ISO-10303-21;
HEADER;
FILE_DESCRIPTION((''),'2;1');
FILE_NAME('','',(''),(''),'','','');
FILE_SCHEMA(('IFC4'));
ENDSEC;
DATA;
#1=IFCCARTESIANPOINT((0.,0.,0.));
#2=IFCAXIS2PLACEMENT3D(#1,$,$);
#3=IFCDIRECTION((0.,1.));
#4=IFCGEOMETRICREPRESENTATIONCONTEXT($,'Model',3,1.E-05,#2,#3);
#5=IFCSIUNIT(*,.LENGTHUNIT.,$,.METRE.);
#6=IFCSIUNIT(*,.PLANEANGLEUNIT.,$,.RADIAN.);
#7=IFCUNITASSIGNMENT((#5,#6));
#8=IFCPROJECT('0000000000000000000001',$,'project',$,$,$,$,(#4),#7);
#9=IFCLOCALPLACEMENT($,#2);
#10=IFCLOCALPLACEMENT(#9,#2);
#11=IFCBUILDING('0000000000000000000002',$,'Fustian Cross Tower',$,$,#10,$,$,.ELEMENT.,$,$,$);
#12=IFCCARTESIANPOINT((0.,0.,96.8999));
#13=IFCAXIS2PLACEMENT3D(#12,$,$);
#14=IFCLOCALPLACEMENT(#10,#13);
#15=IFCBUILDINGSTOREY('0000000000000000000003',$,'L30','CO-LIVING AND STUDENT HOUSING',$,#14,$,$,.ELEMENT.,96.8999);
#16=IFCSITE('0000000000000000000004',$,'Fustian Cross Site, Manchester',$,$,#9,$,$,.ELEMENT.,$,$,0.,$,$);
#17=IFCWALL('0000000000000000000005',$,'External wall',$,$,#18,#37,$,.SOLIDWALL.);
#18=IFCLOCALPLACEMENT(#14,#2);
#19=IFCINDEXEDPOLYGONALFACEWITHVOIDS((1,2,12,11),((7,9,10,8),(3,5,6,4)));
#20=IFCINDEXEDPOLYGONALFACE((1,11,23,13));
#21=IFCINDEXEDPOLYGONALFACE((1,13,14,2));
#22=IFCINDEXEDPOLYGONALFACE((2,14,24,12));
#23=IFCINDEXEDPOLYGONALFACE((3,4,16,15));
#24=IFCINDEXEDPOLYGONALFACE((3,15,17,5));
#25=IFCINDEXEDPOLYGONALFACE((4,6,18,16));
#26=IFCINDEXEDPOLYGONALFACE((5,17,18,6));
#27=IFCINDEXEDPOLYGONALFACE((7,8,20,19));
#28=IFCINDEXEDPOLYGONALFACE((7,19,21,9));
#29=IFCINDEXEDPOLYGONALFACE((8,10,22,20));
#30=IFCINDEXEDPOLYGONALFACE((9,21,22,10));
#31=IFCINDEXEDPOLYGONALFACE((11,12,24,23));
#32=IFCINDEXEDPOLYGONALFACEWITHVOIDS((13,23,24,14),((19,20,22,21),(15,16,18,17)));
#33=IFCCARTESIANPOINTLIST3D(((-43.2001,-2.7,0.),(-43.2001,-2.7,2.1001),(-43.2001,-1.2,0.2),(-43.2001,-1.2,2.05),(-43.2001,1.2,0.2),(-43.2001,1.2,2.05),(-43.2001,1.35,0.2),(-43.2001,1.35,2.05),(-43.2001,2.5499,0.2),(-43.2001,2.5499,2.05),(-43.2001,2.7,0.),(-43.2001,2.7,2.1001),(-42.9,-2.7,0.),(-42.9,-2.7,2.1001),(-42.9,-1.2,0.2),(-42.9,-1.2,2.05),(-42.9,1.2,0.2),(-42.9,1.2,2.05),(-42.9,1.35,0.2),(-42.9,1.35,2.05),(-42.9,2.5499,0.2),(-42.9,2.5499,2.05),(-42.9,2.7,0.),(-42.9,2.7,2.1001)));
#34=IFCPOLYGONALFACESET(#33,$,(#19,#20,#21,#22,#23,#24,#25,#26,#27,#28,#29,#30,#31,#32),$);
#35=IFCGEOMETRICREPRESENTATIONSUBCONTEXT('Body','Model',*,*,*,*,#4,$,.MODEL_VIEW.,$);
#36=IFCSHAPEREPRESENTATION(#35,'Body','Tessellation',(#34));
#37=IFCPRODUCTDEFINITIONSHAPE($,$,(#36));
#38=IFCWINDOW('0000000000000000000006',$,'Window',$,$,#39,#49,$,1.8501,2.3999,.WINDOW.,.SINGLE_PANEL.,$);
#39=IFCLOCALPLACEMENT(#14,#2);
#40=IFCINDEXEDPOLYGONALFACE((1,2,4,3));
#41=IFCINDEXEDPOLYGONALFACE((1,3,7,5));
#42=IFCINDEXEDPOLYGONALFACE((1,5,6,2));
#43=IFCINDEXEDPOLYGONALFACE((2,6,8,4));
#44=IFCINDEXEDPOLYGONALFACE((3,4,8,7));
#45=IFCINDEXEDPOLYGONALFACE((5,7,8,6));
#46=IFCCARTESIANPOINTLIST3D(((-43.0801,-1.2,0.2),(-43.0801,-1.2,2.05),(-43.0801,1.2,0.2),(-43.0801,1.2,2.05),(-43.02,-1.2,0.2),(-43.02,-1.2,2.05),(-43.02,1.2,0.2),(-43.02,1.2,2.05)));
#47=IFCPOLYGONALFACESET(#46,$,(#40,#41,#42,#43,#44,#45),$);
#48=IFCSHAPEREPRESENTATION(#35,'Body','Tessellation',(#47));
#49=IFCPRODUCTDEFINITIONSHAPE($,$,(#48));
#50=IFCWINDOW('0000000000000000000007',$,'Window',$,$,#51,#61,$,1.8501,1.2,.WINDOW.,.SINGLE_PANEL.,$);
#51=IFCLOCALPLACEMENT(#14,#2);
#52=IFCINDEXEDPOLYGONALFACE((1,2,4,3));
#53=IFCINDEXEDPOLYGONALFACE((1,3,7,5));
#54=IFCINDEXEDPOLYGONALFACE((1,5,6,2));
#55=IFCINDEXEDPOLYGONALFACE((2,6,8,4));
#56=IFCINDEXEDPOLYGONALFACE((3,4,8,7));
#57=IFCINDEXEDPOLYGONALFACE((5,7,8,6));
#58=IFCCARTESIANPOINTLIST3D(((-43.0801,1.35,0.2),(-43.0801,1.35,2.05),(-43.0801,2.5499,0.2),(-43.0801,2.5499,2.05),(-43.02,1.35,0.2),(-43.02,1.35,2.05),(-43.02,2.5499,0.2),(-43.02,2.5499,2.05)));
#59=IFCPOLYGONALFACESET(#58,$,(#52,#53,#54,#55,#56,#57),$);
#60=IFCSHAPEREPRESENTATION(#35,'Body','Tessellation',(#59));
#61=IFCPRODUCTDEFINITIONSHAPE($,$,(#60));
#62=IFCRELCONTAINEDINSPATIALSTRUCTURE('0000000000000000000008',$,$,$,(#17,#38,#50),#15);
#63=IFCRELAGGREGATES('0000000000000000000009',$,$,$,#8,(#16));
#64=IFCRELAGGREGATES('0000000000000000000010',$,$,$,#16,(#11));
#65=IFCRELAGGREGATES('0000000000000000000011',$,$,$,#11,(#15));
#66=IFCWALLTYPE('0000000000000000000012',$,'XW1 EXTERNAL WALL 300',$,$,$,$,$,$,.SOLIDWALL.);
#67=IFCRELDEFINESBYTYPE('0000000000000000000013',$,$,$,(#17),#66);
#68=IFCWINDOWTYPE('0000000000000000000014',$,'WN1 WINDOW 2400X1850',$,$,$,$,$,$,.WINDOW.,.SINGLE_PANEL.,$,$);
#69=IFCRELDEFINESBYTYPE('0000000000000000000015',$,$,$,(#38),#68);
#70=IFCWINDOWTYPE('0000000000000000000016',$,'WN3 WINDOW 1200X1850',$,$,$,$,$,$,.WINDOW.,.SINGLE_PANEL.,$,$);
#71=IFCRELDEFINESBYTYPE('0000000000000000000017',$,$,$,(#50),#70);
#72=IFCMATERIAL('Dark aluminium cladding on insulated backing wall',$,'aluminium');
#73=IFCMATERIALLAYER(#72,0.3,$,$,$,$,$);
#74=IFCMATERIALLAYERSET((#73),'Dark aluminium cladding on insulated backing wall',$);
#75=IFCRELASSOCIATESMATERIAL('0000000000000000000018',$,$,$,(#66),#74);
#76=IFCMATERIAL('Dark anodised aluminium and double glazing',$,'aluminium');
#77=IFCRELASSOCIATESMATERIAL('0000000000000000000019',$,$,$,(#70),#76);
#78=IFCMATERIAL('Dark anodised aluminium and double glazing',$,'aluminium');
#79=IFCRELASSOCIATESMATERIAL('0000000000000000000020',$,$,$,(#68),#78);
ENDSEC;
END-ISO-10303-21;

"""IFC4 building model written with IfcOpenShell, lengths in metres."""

from ifc_helpers import new_model, si_unit, direction, frame, frame_2d, origin, place, context, subcontext, project, spatial, rectangle, extrude, material, layer, layer_set, type_object, element, fill, save


model = new_model("IFC4")

# Units and contexts
model_context = context("Model", 3, precision=1e-05, world=origin(), true_north=direction((0.0, 1.0)))
body_context = subcontext(model_context, "Body", "Model", "MODEL_VIEW")
ifc_project = project(units=[si_unit("LENGTHUNIT", "METRE"), si_unit("PLANEANGLEUNIT", "RADIAN")], contexts=[model_context])

# Site, building, storey
site_placement = place(None, origin())
site = spatial("IfcSite", under=ifc_project, at=site_placement, Name="Fustian Cross Site, Manchester", CompositionType="ELEMENT", RefElevation=0.0)
building_placement = place(site_placement, origin())
building = spatial("IfcBuilding", under=site, at=building_placement, Name="Fustian Cross Tower", CompositionType="ELEMENT")
storey_placement = place(building_placement, frame((0.0, 0.0, 96.8999)))
storey = spatial("IfcBuildingStorey", under=building, at=storey_placement, Name="L30", Description="CO-LIVING AND STUDENT HOUSING", CompositionType="ELEMENT", Elevation=96.8999)

# Shared definitions
ifc_material_1 = material(Name="Dark aluminium cladding on insulated backing wall", Category="aluminium")
ifc_layer = layer(ifc_material_1, 0.3)
ifc_layer_set = layer_set([ifc_layer], Name="Dark aluminium cladding on insulated backing wall")
wall_type = type_object("IfcWallType", Name="XW1 EXTERNAL WALL 300", PredefinedType="SOLIDWALL", material=ifc_layer_set)
ifc_material_2 = material(Name="Dark anodised aluminium and double glazing", Category="aluminium")
window_type_1 = type_object("IfcWindowType", Name="WN3 WINDOW 1200X1850", PartitioningType="SINGLE_PANEL", PredefinedType="WINDOW", material=ifc_material_2)

# Wall, openings, windows
wall_1_placement = place(storey_placement, frame((-43.05, 2.7, 0.0), z_axis=(0.0, 0.0, 1.0), x_axis=(0.0, -1.0, 0.0)))
wall_1 = element("IfcWall", 1, at=wall_1_placement, inside=storey, type_object=wall_type, Name="External wall", PredefinedType="SOLIDWALL", context=body_context, shape_type="SweptSolid", body=[
    extrude(rectangle(XDim=5.3999, YDim=0.3, at=frame_2d((2.7, 0.0))), origin(), (0.0, 0.0, 1.0), 2.1001),
])
opening_1_placement = place(wall_1_placement, frame((1.5, 0.0, 0.2)))
opening_1 = element("IfcOpeningElement", 2, at=opening_1_placement, cuts=wall_1, PredefinedType="OPENING", context=body_context, shape_type="SweptSolid", body=[
    extrude(rectangle(XDim=2.3999, YDim=1.8501, at=frame_2d((1.2, 0.925))), frame((0.0, 0.1599, 0.0), z_axis=(0.0, -1.0, 0.0), x_axis=(1.0, 0.0, 0.0)), (0.0, 0.0, 1.0), 0.3201),
])
opening_2_placement = place(wall_1_placement, frame((0.1499, 0.0, 0.2)))
opening_2 = element("IfcOpeningElement", 3, at=opening_2_placement, cuts=wall_1, PredefinedType="OPENING", context=body_context, shape_type="SweptSolid", body=[
    extrude(rectangle(XDim=1.2, YDim=1.8501, at=frame_2d((0.6001, 0.925))), frame((0.0, 0.1599, 0.0), z_axis=(0.0, -1.0, 0.0), x_axis=(1.0, 0.0, 0.0)), (0.0, 0.0, 1.0), 0.3201),
])
ifc_material_3 = material(Name="Dark anodised aluminium and double glazing", Category="aluminium")
window_type_2 = type_object("IfcWindowType", Name="WN1 WINDOW 2400X1850", PartitioningType="SINGLE_PANEL", PredefinedType="WINDOW", material=ifc_material_3)
window_1_placement = place(opening_1_placement, origin())
window_1 = element("IfcWindow", 4, at=window_1_placement, inside=storey, type_object=window_type_2, Name="Window", OverallHeight=1.8501, OverallWidth=2.3999, PartitioningType="SINGLE_PANEL", PredefinedType="WINDOW", context=body_context, shape_type="SweptSolid", body=[
    extrude(rectangle(XDim=2.3999, YDim=1.8501, at=frame_2d((1.2, 0.925))), frame((0.0, 0.03, 0.0), z_axis=(0.0, -1.0, 0.0), x_axis=(1.0, 0.0, 0.0)), (0.0, 0.0, 1.0), 0.0601),
])
fill(opening_1, window_1)
window_2_placement = place(opening_2_placement, origin())
window_2 = element("IfcWindow", 5, at=window_2_placement, inside=storey, type_object=window_type_1, Name="Window", OverallHeight=1.8501, OverallWidth=1.2, PartitioningType="SINGLE_PANEL", PredefinedType="WINDOW", context=body_context, shape_type="SweptSolid", body=[
    extrude(rectangle(XDim=1.2, YDim=1.8501, at=frame_2d((0.6001, 0.925))), frame((0.0, 0.03, 0.0), z_axis=(0.0, -1.0, 0.0), x_axis=(1.0, 0.0, 0.0)), (0.0, 0.0, 1.0), 0.0601),
])
fill(opening_2, window_2)

save(model, "model.ifc")
